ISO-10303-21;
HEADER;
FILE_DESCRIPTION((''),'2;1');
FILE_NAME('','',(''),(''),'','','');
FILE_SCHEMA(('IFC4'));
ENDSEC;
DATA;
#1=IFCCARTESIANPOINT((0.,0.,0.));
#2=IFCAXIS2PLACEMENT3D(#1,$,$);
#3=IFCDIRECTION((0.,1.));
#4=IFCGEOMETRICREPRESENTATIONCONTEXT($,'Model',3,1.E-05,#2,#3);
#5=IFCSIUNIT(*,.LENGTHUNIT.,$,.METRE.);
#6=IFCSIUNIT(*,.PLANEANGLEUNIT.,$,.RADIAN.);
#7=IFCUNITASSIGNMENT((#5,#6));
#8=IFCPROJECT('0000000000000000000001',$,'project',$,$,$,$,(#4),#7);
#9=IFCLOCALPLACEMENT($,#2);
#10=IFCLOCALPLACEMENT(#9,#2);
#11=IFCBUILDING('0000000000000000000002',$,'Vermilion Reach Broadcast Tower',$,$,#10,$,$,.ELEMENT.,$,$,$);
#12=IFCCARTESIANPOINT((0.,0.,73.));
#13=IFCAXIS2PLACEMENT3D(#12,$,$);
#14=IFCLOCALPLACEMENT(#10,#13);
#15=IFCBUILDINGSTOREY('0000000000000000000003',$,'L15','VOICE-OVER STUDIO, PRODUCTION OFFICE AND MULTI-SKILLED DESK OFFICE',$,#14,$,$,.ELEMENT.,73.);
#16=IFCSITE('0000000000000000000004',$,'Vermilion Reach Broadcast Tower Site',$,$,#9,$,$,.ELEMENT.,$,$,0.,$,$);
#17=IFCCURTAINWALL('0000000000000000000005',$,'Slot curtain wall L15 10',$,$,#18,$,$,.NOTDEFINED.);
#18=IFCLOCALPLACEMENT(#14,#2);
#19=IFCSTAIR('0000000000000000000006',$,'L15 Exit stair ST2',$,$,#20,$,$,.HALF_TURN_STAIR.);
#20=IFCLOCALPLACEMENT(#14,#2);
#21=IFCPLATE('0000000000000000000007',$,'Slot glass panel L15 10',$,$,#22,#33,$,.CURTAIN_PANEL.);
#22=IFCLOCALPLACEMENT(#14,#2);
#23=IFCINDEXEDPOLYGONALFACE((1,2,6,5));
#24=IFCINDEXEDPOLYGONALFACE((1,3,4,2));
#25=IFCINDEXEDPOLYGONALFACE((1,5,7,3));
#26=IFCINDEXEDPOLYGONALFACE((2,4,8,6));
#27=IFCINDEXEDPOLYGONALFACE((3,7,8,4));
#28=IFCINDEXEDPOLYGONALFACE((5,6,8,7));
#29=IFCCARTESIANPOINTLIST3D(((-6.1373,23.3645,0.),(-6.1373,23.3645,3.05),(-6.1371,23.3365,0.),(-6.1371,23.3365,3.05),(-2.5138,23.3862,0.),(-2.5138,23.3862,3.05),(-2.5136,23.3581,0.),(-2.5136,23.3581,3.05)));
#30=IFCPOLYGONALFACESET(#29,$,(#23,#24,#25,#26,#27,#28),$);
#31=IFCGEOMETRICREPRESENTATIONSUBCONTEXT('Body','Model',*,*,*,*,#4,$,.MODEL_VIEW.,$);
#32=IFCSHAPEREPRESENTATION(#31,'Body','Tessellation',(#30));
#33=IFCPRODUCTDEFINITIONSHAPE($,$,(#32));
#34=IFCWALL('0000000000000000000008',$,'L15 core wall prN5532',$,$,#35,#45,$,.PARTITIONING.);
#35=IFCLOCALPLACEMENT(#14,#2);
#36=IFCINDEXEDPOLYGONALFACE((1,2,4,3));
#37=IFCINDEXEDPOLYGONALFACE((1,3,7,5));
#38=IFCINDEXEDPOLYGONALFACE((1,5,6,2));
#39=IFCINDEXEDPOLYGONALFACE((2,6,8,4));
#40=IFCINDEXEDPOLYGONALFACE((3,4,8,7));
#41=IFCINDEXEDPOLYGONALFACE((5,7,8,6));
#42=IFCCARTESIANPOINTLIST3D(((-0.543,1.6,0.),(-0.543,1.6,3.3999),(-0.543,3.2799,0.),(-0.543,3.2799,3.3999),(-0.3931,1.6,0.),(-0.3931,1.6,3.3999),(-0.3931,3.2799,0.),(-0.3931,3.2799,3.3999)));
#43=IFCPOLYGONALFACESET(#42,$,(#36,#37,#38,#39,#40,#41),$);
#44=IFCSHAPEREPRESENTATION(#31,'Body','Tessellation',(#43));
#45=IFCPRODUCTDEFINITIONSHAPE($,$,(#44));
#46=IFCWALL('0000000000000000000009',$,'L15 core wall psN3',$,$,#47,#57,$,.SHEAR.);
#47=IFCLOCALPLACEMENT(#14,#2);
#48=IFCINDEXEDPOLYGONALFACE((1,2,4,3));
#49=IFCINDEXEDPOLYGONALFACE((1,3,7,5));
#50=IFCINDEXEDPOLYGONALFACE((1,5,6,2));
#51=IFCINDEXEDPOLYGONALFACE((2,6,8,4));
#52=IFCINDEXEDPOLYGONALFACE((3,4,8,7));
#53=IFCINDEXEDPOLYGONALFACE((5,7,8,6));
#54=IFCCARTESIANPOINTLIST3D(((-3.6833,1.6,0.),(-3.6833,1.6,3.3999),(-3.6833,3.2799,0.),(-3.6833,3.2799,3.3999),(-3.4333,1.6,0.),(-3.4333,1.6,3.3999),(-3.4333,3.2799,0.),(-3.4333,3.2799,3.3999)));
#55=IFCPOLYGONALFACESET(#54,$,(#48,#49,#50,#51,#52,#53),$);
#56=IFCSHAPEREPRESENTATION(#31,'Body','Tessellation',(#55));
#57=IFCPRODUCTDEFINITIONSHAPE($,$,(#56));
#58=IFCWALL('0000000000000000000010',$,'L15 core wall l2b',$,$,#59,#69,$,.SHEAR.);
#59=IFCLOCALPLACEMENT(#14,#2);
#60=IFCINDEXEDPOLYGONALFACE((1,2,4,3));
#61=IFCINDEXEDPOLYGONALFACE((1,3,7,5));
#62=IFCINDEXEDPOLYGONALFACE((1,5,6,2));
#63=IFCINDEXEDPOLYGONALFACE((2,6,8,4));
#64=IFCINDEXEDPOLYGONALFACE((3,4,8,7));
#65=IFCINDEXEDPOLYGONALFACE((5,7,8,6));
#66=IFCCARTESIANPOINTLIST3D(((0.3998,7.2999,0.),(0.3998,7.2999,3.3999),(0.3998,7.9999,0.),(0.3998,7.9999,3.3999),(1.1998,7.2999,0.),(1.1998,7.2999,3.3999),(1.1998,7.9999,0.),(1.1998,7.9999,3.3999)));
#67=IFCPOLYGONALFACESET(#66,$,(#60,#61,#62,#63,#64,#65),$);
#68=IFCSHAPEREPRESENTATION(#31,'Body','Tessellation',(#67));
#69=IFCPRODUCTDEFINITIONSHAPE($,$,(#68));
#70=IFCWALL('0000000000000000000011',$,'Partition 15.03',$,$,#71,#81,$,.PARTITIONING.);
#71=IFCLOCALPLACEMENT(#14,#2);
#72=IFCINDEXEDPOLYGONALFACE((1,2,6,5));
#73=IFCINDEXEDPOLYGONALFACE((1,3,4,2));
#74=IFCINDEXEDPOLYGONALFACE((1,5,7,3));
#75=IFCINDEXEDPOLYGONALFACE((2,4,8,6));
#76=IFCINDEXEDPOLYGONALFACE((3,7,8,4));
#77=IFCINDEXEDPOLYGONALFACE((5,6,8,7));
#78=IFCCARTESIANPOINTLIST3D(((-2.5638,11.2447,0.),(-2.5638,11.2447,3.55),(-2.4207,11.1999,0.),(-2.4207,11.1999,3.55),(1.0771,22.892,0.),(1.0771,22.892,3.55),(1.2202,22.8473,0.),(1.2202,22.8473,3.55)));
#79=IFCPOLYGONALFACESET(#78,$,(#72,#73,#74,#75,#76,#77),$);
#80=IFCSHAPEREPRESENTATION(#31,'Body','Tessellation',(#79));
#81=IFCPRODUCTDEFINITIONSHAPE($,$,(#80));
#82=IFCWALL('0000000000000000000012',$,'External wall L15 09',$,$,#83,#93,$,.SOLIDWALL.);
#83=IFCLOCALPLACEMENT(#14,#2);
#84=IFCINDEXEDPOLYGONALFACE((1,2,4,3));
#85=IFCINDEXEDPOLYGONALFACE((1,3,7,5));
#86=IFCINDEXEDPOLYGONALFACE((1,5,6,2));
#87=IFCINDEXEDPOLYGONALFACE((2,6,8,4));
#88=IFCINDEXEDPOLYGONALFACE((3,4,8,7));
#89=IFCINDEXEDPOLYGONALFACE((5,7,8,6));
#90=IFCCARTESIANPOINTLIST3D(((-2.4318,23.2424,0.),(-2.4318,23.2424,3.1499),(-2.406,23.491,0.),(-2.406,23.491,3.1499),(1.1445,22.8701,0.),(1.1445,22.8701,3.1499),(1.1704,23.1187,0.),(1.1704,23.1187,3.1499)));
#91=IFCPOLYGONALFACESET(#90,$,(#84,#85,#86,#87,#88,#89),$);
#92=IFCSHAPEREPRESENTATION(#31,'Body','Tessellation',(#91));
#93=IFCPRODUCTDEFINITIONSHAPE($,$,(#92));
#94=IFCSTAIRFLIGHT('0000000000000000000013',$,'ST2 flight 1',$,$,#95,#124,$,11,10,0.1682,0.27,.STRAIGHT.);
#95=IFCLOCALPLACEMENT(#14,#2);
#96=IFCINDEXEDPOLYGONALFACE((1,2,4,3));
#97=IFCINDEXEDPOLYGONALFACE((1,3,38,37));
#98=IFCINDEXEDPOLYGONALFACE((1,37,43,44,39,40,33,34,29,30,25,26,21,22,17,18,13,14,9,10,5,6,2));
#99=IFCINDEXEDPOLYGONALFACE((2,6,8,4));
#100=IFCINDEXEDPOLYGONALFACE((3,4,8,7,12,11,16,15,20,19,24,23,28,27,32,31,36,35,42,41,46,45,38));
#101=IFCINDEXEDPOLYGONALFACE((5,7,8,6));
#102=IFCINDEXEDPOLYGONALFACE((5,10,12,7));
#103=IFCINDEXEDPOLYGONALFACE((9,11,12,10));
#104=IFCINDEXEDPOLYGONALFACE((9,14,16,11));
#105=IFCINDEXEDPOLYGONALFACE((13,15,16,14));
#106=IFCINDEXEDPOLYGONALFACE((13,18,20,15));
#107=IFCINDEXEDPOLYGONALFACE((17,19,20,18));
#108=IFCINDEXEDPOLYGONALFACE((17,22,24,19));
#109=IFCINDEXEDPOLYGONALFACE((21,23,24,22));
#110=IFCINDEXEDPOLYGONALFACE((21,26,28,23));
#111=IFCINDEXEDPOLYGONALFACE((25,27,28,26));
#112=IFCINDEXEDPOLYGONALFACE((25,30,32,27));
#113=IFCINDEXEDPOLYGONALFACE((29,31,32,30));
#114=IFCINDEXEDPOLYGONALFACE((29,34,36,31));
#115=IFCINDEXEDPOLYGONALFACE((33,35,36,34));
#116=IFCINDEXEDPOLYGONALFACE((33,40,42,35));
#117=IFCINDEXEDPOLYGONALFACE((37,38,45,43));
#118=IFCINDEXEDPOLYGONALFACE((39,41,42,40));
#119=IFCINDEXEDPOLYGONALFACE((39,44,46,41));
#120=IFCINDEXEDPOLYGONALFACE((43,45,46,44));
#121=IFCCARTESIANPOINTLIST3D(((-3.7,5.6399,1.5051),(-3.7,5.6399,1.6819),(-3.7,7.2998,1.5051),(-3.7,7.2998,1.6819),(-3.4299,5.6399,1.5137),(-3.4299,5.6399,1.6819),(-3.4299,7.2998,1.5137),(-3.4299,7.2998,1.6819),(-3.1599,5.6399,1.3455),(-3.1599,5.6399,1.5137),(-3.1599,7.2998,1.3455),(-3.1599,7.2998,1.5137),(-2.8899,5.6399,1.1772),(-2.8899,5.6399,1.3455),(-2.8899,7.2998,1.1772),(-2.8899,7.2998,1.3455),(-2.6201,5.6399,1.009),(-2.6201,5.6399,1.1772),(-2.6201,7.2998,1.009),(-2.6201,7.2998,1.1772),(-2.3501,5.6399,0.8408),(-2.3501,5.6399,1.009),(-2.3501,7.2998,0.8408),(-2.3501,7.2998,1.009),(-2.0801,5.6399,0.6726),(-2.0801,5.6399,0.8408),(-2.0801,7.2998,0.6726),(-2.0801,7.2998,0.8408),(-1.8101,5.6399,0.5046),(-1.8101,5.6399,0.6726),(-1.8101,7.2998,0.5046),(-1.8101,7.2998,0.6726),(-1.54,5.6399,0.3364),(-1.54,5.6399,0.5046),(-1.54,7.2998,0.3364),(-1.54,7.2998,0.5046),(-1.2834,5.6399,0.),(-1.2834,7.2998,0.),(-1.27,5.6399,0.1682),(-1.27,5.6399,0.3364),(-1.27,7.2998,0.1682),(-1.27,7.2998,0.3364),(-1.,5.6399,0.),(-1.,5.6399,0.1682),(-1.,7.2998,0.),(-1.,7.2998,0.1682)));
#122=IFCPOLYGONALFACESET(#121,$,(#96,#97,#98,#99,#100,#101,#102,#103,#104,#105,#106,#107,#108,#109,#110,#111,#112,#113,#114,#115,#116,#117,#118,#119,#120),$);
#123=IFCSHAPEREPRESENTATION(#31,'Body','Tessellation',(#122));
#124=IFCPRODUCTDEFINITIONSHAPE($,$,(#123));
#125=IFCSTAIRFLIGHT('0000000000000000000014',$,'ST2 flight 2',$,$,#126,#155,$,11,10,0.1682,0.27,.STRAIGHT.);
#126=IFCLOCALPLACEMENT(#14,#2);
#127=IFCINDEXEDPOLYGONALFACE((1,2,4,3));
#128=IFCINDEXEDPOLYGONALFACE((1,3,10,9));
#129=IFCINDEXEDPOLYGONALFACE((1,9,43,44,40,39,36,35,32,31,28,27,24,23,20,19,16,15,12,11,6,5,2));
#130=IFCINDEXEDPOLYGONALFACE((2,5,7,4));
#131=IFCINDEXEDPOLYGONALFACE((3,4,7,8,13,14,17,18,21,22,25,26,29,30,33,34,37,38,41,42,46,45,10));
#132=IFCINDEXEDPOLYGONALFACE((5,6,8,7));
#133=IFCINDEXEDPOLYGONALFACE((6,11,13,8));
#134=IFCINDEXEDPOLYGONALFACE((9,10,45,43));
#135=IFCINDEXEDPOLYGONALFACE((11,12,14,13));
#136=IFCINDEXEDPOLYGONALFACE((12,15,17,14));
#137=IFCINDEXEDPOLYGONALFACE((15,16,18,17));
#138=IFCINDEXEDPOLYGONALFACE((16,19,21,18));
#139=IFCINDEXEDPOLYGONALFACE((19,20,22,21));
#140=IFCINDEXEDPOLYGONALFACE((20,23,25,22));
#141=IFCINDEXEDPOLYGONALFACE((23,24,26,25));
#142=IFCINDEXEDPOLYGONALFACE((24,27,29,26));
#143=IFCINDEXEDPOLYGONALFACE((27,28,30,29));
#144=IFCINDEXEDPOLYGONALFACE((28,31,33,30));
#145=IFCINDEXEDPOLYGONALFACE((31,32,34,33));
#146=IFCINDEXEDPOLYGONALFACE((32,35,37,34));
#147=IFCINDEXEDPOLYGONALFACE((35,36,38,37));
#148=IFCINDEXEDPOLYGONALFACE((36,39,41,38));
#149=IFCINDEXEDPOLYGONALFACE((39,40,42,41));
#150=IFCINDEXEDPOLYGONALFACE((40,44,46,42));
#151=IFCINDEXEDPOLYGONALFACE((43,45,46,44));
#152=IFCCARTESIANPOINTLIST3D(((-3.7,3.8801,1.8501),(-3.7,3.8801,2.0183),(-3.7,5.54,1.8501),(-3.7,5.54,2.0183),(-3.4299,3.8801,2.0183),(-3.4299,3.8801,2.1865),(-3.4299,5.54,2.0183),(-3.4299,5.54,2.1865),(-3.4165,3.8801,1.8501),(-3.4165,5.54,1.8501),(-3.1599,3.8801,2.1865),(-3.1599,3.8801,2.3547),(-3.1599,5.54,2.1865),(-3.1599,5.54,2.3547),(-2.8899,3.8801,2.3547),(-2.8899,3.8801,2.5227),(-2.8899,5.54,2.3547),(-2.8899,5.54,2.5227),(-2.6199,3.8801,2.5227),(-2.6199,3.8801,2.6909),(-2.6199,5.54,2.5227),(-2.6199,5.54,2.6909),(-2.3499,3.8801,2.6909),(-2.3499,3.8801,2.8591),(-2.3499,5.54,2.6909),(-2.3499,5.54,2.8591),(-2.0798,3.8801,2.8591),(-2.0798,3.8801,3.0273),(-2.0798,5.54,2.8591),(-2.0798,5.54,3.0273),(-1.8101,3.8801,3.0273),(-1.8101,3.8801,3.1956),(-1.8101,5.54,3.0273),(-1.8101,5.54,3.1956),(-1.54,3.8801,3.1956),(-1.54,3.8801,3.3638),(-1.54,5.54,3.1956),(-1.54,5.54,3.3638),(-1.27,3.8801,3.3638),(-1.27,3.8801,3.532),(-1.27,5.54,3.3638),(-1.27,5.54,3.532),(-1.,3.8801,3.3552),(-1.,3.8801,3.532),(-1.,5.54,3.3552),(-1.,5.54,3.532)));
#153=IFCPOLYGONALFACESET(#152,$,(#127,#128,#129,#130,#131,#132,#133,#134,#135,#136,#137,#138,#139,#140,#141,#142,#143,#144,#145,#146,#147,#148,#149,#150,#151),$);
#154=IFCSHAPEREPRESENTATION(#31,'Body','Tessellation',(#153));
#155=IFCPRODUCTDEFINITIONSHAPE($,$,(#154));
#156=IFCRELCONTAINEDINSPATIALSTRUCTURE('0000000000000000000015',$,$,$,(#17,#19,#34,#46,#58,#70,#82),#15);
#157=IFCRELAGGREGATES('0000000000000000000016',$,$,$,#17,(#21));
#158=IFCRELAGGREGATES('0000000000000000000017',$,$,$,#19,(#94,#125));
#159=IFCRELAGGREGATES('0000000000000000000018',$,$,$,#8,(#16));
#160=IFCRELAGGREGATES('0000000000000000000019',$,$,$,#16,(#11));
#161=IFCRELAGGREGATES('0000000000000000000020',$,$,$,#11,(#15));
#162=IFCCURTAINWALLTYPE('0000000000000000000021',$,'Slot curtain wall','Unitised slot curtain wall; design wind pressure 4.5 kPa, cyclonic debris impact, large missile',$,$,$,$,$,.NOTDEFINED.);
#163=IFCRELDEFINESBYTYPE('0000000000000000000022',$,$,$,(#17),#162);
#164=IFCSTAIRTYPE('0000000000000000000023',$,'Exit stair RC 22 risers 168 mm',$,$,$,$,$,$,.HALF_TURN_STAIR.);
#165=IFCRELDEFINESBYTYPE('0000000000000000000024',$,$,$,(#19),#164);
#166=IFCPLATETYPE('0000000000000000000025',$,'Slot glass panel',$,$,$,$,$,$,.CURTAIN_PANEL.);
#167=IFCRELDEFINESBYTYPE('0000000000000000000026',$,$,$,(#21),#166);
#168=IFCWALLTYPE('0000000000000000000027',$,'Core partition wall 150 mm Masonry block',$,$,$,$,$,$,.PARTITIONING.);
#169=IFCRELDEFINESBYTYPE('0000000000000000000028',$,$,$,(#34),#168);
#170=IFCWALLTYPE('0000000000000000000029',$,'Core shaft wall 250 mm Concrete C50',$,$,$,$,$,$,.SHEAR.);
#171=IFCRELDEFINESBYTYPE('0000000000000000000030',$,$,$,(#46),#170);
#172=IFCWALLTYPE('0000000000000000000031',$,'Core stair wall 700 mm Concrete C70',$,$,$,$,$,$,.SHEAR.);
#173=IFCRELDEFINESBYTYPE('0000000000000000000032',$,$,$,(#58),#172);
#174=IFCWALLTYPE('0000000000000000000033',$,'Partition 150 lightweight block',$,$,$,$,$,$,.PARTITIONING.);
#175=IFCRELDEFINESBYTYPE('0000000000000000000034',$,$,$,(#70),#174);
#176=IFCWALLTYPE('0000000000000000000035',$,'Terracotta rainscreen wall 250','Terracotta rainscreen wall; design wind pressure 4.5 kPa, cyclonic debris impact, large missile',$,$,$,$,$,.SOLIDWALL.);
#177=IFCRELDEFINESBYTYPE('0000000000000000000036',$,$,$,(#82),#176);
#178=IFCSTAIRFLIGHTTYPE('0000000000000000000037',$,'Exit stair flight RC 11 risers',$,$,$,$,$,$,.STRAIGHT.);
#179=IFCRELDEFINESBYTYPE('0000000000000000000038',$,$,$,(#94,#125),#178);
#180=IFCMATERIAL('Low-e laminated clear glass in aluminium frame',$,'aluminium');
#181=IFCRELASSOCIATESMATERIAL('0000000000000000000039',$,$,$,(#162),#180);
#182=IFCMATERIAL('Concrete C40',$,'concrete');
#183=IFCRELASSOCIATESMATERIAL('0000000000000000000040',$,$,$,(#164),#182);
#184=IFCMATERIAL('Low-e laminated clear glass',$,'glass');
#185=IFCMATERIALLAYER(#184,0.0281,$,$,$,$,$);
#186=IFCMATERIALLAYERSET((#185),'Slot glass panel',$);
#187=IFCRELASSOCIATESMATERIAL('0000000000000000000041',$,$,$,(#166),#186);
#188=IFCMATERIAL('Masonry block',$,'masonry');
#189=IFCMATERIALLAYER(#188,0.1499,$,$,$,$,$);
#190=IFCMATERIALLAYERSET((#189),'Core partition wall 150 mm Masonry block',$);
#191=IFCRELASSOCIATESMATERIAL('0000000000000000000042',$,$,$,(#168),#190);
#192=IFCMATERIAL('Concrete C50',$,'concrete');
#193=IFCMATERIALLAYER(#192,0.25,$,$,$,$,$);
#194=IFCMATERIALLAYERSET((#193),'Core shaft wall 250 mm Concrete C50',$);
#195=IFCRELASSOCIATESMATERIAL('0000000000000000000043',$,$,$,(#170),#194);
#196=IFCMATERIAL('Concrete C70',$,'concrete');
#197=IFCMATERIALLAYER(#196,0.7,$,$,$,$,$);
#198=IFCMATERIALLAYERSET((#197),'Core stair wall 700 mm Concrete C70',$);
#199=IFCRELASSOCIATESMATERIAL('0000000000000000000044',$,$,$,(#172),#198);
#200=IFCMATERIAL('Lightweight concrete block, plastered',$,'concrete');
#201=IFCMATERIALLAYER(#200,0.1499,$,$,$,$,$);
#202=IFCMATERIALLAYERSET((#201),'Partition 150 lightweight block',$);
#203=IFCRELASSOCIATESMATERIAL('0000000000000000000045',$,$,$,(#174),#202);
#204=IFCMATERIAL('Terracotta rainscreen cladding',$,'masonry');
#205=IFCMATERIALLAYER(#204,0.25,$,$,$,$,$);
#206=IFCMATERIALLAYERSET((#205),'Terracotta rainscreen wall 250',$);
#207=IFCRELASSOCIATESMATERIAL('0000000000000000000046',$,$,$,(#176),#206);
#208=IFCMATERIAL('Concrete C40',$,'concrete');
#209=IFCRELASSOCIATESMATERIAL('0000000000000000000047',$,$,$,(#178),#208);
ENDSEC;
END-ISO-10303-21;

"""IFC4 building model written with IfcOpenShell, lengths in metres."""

from ifc_helpers import new_model, si_unit, direction, frame, frame_2d, origin, origin_2d, place, context, subcontext, project, spatial, polyline, rectangle, outline, extrude, material, layer, layer_set, type_object, element, aggregate, save


model = new_model("IFC4")

# Units and contexts
model_context = context("Model", 3, precision=1e-05, world=origin(), true_north=direction((0.0, 1.0)))
body_context = subcontext(model_context, "Body", "Model", "MODEL_VIEW")
ifc_project = project(units=[si_unit("LENGTHUNIT", "METRE"), si_unit("PLANEANGLEUNIT", "RADIAN")], contexts=[model_context])

# Site, building, storey
site_placement = place(None, origin())
site = spatial("IfcSite", under=ifc_project, at=site_placement, Name="Vermilion Reach Broadcast Tower Site", CompositionType="ELEMENT", RefElevation=0.0)
building_placement = place(site_placement, origin())
building = spatial("IfcBuilding", under=site, at=building_placement, Name="Vermilion Reach Broadcast Tower", CompositionType="ELEMENT")
storey_placement = place(building_placement, frame((0.0, 0.0, 73.0)))
storey = spatial("IfcBuildingStorey", under=building, at=storey_placement, Name="L15", Description="VOICE-OVER STUDIO, PRODUCTION OFFICE AND MULTI-SKILLED DESK OFFICE", CompositionType="ELEMENT", Elevation=73.0)

# Curtain wall
ifc_material_1 = material(Name="Low-e laminated clear glass in aluminium frame", Category="aluminium")
curtain_wall_type = type_object("IfcCurtainWallType", Name="Slot curtain wall", Description="Unitised slot curtain wall; design wind pressure 4.5 kPa, cyclonic debris impact, large missile", PredefinedType="NOTDEFINED", material=ifc_material_1)
placement_1 = place(storey_placement, origin())
curtain_wall = element("IfcCurtainWall", 1, at=placement_1, inside=storey, type_object=curtain_wall_type, Name="Slot curtain wall L15 10", PredefinedType="NOTDEFINED")

# Stair
ifc_material_2 = material(Name="Concrete C40", Category="concrete")
stair_type = type_object("IfcStairType", Name="Exit stair RC 22 risers 168 mm", PredefinedType="HALF_TURN_STAIR", material=ifc_material_2)
stair_1 = element("IfcStair", 2, at=placement_1, inside=storey, type_object=stair_type, Name="L15 Exit stair ST2", PredefinedType="HALF_TURN_STAIR")

# Plate
ifc_material_3 = material(Name="Low-e laminated clear glass", Category="glass")
ifc_layer_1 = layer(ifc_material_3, 0.0281)
ifc_layer_set_1 = layer_set([ifc_layer_1], Name="Slot glass panel")
plate_type = type_object("IfcPlateType", Name="Slot glass panel", PredefinedType="CURTAIN_PANEL", material=ifc_layer_set_1)
plate_placement = place(storey_placement, frame((-4.3254, 23.3613, 0.0), z_axis=(0.0, 0.0, 1.0), x_axis=(-0.999982, -0.005977, 0.0)))
plate = element("IfcPlate", 3, at=plate_placement, type_object=plate_type, Name="Slot glass panel L15 10", PredefinedType="CURTAIN_PANEL", context=body_context, shape_type="SweptSolid", body=[
    extrude(rectangle(XDim=3.6235, YDim=0.0281, at=origin_2d()), origin(), (0.0, 0.0, 1.0), 3.05),
])
aggregate(curtain_wall, [plate])

# Walls
ifc_material_4 = material(Name="Masonry block", Category="masonry")
ifc_layer_2 = layer(ifc_material_4, 0.1499)
ifc_layer_set_2 = layer_set([ifc_layer_2], Name="Core partition wall 150 mm Masonry block")
wall_type_1 = type_object("IfcWallType", Name="Core partition wall 150 mm Masonry block", PredefinedType="PARTITIONING", material=ifc_layer_set_2)
wall_1_placement = place(storey_placement, frame((-0.468, 1.6001, 0.0), z_axis=(0.0, 0.0, 1.0), x_axis=(0.0, 1.0, 0.0)))
element("IfcWall", 4, at=wall_1_placement, inside=storey, type_object=wall_type_1, Name="L15 core wall prN5532", PredefinedType="PARTITIONING", context=body_context, shape_type="SweptSolid", body=[
    extrude(rectangle(XDim=1.6799, YDim=0.1499, at=frame_2d((0.8398, 0.0))), origin(), (0.0, 0.0, 1.0), 3.3999),
])
ifc_material_5 = material(Name="Concrete C50", Category="concrete")
ifc_layer_3 = layer(ifc_material_5, 0.25)
ifc_layer_set_3 = layer_set([ifc_layer_3], Name="Core shaft wall 250 mm Concrete C50")
wall_type_2 = type_object("IfcWallType", Name="Core shaft wall 250 mm Concrete C50", PredefinedType="SHEAR", material=ifc_layer_set_3)
wall_2_placement = place(storey_placement, frame((-3.5583, 1.6001, 0.0), z_axis=(0.0, 0.0, 1.0), x_axis=(0.0, 1.0, 0.0)))
element("IfcWall", 5, at=wall_2_placement, inside=storey, type_object=wall_type_2, Name="L15 core wall psN3", PredefinedType="SHEAR", context=body_context, shape_type="SweptSolid", body=[
    extrude(rectangle(XDim=1.6799, YDim=0.25, at=frame_2d((0.8398, 0.0))), origin(), (0.0, 0.0, 1.0), 3.3999),
])
ifc_material_6 = material(Name="Concrete C70", Category="concrete")
ifc_layer_4 = layer(ifc_material_6, 0.7)
ifc_layer_set_4 = layer_set([ifc_layer_4], Name="Core stair wall 700 mm Concrete C70")
wall_type_3 = type_object("IfcWallType", Name="Core stair wall 700 mm Concrete C70", PredefinedType="SHEAR", material=ifc_layer_set_4)
wall_3_placement = place(storey_placement, frame((0.3999, 7.6499, 0.0), z_axis=(0.0, 0.0, 1.0), x_axis=(1.0, 0.0, 0.0)))
element("IfcWall", 6, at=wall_3_placement, inside=storey, type_object=wall_type_3, Name="L15 core wall l2b", PredefinedType="SHEAR", context=body_context, shape_type="SweptSolid", body=[
    extrude(rectangle(XDim=0.8, YDim=0.7, at=frame_2d((0.3999, 0.0))), origin(), (0.0, 0.0, 1.0), 3.3999),
])
ifc_material_7 = material(Name="Lightweight concrete block, plastered", Category="concrete")
ifc_layer_5 = layer(ifc_material_7, 0.1499)
ifc_layer_set_5 = layer_set([ifc_layer_5], Name="Partition 150 lightweight block")
wall_type_4 = type_object("IfcWallType", Name="Partition 150 lightweight block", PredefinedType="PARTITIONING", material=ifc_layer_set_5)
wall_4_placement = place(storey_placement, frame((1.1487, 22.8696, 0.0), z_axis=(0.0, 0.0, 1.0), x_axis=(-0.298358, -0.954454, 0.0)))
element("IfcWall", 7, at=wall_4_placement, inside=storey, type_object=wall_type_4, Name="Partition 15.03", PredefinedType="PARTITIONING", context=body_context, shape_type="SweptSolid", body=[
    extrude(rectangle(XDim=12.2031, YDim=0.1499, at=frame_2d((6.1016, 0.0))), origin(), (0.0, 0.0, 1.0), 3.55),
])

# Shared definitions
ifc_material_8 = material(Name="Terracotta rainscreen cladding", Category="masonry")
ifc_layer_6 = layer(ifc_material_8, 0.25)
ifc_layer_set_6 = layer_set([ifc_layer_6], Name="Terracotta rainscreen wall 250")
wall_type_5 = type_object("IfcWallType", Name="Terracotta rainscreen wall 250", Description="Terracotta rainscreen wall; design wind pressure 4.5 kPa, cyclonic debris impact, large missile", PredefinedType="SOLIDWALL", material=ifc_layer_set_6)

# Wall
wall_5_placement = place(storey_placement, frame((1.1575, 22.9944, 0.0), z_axis=(0.0, 0.0, 1.0), x_axis=(-0.994625, 0.103543, 0.0)))
element("IfcWall", 8, at=wall_5_placement, inside=storey, type_object=wall_type_5, Name="External wall L15 09", PredefinedType="SOLIDWALL", context=body_context, shape_type="SweptSolid", body=[
    extrude(rectangle(XDim=3.5957, YDim=0.25, at=frame_2d((1.7979, 0.0))), origin(), (0.0, 0.0, 1.0), 3.1499),
])

# Stair flights
ifc_material_9 = material(Name="Concrete C40", Category="concrete")
stair_flight_type = type_object("IfcStairFlightType", Name="Exit stair flight RC 11 risers", PredefinedType="STRAIGHT", material=ifc_material_9)
stair_flight_1_placement = place(storey_placement, frame((-1.0, 6.47, 0.0), z_axis=(0.0, 0.0, 1.0), x_axis=(-1.0, 0.0, 0.0)))
stair_flight_1 = element("IfcStairFlight", 9, at=stair_flight_1_placement, type_object=stair_flight_type, Name="ST2 flight 1", NumberOfRisers=11, NumberOfTreads=10, PredefinedType="STRAIGHT", RiserHeight=0.1682, TreadLength=0.27, context=body_context, shape_type="SweptSolid", body=[
    extrude(outline(polyline([(0.0, 0.0), (0.0, 0.1682), (0.27, 0.1682), (0.27, 0.3364), (0.54, 0.3364), (0.54, 0.5046), (0.8101, 0.5046), (0.8101, 0.6726), (1.0801, 0.6726), (1.0801, 0.8408), (1.3501, 0.8408), (1.3501, 1.009), (1.6201, 1.009), (1.6201, 1.1772), (1.8899, 1.1772), (1.8899, 1.3455), (2.1599, 1.3455), (2.1599, 1.5137), (2.4299, 1.5137), (2.4299, 1.6819), (2.7, 1.6819), (2.7, 1.8501), (2.7, 1.5051), (0.2834, 0.0), (0.0, 0.0)])), frame((0.0, 0.8301, 0.0), z_axis=(0.0, -1.0, 0.0), x_axis=(1.0, 0.0, 0.0)), (0.0, 0.0, 1.0), 1.6599),
])
stair_flight_2_placement = place(storey_placement, frame((-3.7, 4.71, 1.8501), z_axis=(0.0, 0.0, 1.0), x_axis=(1.0, 0.0, 0.0)))
stair_flight_2 = element("IfcStairFlight", 10, at=stair_flight_2_placement, type_object=stair_flight_type, Name="ST2 flight 2", NumberOfRisers=11, NumberOfTreads=10, PredefinedType="STRAIGHT", RiserHeight=0.1682, TreadLength=0.27, context=body_context, shape_type="SweptSolid", body=[
    extrude(outline(polyline([(0.0, 0.0), (0.0, 0.1682), (0.27, 0.1682), (0.27, 0.3364), (0.54, 0.3364), (0.54, 0.5046), (0.8101, 0.5046), (0.8101, 0.6726), (1.0801, 0.6726), (1.0801, 0.8408), (1.3501, 0.8408), (1.3501, 1.009), (1.6201, 1.009), (1.6201, 1.1772), (1.8899, 1.1772), (1.8899, 1.3455), (2.1599, 1.3455), (2.1599, 1.5137), (2.4299, 1.5137), (2.4299, 1.6819), (2.7, 1.6819), (2.7, 1.8501), (2.7, 1.5051), (0.2834, 0.0), (0.0, 0.0)])), frame((0.0, 0.8301, 0.0), z_axis=(0.0, -1.0, 0.0), x_axis=(1.0, 0.0, 0.0)), (0.0, 0.0, 1.0), 1.6599),
])
aggregate(stair_1, [stair_flight_1, stair_flight_2])

save(model, "model.ifc")
